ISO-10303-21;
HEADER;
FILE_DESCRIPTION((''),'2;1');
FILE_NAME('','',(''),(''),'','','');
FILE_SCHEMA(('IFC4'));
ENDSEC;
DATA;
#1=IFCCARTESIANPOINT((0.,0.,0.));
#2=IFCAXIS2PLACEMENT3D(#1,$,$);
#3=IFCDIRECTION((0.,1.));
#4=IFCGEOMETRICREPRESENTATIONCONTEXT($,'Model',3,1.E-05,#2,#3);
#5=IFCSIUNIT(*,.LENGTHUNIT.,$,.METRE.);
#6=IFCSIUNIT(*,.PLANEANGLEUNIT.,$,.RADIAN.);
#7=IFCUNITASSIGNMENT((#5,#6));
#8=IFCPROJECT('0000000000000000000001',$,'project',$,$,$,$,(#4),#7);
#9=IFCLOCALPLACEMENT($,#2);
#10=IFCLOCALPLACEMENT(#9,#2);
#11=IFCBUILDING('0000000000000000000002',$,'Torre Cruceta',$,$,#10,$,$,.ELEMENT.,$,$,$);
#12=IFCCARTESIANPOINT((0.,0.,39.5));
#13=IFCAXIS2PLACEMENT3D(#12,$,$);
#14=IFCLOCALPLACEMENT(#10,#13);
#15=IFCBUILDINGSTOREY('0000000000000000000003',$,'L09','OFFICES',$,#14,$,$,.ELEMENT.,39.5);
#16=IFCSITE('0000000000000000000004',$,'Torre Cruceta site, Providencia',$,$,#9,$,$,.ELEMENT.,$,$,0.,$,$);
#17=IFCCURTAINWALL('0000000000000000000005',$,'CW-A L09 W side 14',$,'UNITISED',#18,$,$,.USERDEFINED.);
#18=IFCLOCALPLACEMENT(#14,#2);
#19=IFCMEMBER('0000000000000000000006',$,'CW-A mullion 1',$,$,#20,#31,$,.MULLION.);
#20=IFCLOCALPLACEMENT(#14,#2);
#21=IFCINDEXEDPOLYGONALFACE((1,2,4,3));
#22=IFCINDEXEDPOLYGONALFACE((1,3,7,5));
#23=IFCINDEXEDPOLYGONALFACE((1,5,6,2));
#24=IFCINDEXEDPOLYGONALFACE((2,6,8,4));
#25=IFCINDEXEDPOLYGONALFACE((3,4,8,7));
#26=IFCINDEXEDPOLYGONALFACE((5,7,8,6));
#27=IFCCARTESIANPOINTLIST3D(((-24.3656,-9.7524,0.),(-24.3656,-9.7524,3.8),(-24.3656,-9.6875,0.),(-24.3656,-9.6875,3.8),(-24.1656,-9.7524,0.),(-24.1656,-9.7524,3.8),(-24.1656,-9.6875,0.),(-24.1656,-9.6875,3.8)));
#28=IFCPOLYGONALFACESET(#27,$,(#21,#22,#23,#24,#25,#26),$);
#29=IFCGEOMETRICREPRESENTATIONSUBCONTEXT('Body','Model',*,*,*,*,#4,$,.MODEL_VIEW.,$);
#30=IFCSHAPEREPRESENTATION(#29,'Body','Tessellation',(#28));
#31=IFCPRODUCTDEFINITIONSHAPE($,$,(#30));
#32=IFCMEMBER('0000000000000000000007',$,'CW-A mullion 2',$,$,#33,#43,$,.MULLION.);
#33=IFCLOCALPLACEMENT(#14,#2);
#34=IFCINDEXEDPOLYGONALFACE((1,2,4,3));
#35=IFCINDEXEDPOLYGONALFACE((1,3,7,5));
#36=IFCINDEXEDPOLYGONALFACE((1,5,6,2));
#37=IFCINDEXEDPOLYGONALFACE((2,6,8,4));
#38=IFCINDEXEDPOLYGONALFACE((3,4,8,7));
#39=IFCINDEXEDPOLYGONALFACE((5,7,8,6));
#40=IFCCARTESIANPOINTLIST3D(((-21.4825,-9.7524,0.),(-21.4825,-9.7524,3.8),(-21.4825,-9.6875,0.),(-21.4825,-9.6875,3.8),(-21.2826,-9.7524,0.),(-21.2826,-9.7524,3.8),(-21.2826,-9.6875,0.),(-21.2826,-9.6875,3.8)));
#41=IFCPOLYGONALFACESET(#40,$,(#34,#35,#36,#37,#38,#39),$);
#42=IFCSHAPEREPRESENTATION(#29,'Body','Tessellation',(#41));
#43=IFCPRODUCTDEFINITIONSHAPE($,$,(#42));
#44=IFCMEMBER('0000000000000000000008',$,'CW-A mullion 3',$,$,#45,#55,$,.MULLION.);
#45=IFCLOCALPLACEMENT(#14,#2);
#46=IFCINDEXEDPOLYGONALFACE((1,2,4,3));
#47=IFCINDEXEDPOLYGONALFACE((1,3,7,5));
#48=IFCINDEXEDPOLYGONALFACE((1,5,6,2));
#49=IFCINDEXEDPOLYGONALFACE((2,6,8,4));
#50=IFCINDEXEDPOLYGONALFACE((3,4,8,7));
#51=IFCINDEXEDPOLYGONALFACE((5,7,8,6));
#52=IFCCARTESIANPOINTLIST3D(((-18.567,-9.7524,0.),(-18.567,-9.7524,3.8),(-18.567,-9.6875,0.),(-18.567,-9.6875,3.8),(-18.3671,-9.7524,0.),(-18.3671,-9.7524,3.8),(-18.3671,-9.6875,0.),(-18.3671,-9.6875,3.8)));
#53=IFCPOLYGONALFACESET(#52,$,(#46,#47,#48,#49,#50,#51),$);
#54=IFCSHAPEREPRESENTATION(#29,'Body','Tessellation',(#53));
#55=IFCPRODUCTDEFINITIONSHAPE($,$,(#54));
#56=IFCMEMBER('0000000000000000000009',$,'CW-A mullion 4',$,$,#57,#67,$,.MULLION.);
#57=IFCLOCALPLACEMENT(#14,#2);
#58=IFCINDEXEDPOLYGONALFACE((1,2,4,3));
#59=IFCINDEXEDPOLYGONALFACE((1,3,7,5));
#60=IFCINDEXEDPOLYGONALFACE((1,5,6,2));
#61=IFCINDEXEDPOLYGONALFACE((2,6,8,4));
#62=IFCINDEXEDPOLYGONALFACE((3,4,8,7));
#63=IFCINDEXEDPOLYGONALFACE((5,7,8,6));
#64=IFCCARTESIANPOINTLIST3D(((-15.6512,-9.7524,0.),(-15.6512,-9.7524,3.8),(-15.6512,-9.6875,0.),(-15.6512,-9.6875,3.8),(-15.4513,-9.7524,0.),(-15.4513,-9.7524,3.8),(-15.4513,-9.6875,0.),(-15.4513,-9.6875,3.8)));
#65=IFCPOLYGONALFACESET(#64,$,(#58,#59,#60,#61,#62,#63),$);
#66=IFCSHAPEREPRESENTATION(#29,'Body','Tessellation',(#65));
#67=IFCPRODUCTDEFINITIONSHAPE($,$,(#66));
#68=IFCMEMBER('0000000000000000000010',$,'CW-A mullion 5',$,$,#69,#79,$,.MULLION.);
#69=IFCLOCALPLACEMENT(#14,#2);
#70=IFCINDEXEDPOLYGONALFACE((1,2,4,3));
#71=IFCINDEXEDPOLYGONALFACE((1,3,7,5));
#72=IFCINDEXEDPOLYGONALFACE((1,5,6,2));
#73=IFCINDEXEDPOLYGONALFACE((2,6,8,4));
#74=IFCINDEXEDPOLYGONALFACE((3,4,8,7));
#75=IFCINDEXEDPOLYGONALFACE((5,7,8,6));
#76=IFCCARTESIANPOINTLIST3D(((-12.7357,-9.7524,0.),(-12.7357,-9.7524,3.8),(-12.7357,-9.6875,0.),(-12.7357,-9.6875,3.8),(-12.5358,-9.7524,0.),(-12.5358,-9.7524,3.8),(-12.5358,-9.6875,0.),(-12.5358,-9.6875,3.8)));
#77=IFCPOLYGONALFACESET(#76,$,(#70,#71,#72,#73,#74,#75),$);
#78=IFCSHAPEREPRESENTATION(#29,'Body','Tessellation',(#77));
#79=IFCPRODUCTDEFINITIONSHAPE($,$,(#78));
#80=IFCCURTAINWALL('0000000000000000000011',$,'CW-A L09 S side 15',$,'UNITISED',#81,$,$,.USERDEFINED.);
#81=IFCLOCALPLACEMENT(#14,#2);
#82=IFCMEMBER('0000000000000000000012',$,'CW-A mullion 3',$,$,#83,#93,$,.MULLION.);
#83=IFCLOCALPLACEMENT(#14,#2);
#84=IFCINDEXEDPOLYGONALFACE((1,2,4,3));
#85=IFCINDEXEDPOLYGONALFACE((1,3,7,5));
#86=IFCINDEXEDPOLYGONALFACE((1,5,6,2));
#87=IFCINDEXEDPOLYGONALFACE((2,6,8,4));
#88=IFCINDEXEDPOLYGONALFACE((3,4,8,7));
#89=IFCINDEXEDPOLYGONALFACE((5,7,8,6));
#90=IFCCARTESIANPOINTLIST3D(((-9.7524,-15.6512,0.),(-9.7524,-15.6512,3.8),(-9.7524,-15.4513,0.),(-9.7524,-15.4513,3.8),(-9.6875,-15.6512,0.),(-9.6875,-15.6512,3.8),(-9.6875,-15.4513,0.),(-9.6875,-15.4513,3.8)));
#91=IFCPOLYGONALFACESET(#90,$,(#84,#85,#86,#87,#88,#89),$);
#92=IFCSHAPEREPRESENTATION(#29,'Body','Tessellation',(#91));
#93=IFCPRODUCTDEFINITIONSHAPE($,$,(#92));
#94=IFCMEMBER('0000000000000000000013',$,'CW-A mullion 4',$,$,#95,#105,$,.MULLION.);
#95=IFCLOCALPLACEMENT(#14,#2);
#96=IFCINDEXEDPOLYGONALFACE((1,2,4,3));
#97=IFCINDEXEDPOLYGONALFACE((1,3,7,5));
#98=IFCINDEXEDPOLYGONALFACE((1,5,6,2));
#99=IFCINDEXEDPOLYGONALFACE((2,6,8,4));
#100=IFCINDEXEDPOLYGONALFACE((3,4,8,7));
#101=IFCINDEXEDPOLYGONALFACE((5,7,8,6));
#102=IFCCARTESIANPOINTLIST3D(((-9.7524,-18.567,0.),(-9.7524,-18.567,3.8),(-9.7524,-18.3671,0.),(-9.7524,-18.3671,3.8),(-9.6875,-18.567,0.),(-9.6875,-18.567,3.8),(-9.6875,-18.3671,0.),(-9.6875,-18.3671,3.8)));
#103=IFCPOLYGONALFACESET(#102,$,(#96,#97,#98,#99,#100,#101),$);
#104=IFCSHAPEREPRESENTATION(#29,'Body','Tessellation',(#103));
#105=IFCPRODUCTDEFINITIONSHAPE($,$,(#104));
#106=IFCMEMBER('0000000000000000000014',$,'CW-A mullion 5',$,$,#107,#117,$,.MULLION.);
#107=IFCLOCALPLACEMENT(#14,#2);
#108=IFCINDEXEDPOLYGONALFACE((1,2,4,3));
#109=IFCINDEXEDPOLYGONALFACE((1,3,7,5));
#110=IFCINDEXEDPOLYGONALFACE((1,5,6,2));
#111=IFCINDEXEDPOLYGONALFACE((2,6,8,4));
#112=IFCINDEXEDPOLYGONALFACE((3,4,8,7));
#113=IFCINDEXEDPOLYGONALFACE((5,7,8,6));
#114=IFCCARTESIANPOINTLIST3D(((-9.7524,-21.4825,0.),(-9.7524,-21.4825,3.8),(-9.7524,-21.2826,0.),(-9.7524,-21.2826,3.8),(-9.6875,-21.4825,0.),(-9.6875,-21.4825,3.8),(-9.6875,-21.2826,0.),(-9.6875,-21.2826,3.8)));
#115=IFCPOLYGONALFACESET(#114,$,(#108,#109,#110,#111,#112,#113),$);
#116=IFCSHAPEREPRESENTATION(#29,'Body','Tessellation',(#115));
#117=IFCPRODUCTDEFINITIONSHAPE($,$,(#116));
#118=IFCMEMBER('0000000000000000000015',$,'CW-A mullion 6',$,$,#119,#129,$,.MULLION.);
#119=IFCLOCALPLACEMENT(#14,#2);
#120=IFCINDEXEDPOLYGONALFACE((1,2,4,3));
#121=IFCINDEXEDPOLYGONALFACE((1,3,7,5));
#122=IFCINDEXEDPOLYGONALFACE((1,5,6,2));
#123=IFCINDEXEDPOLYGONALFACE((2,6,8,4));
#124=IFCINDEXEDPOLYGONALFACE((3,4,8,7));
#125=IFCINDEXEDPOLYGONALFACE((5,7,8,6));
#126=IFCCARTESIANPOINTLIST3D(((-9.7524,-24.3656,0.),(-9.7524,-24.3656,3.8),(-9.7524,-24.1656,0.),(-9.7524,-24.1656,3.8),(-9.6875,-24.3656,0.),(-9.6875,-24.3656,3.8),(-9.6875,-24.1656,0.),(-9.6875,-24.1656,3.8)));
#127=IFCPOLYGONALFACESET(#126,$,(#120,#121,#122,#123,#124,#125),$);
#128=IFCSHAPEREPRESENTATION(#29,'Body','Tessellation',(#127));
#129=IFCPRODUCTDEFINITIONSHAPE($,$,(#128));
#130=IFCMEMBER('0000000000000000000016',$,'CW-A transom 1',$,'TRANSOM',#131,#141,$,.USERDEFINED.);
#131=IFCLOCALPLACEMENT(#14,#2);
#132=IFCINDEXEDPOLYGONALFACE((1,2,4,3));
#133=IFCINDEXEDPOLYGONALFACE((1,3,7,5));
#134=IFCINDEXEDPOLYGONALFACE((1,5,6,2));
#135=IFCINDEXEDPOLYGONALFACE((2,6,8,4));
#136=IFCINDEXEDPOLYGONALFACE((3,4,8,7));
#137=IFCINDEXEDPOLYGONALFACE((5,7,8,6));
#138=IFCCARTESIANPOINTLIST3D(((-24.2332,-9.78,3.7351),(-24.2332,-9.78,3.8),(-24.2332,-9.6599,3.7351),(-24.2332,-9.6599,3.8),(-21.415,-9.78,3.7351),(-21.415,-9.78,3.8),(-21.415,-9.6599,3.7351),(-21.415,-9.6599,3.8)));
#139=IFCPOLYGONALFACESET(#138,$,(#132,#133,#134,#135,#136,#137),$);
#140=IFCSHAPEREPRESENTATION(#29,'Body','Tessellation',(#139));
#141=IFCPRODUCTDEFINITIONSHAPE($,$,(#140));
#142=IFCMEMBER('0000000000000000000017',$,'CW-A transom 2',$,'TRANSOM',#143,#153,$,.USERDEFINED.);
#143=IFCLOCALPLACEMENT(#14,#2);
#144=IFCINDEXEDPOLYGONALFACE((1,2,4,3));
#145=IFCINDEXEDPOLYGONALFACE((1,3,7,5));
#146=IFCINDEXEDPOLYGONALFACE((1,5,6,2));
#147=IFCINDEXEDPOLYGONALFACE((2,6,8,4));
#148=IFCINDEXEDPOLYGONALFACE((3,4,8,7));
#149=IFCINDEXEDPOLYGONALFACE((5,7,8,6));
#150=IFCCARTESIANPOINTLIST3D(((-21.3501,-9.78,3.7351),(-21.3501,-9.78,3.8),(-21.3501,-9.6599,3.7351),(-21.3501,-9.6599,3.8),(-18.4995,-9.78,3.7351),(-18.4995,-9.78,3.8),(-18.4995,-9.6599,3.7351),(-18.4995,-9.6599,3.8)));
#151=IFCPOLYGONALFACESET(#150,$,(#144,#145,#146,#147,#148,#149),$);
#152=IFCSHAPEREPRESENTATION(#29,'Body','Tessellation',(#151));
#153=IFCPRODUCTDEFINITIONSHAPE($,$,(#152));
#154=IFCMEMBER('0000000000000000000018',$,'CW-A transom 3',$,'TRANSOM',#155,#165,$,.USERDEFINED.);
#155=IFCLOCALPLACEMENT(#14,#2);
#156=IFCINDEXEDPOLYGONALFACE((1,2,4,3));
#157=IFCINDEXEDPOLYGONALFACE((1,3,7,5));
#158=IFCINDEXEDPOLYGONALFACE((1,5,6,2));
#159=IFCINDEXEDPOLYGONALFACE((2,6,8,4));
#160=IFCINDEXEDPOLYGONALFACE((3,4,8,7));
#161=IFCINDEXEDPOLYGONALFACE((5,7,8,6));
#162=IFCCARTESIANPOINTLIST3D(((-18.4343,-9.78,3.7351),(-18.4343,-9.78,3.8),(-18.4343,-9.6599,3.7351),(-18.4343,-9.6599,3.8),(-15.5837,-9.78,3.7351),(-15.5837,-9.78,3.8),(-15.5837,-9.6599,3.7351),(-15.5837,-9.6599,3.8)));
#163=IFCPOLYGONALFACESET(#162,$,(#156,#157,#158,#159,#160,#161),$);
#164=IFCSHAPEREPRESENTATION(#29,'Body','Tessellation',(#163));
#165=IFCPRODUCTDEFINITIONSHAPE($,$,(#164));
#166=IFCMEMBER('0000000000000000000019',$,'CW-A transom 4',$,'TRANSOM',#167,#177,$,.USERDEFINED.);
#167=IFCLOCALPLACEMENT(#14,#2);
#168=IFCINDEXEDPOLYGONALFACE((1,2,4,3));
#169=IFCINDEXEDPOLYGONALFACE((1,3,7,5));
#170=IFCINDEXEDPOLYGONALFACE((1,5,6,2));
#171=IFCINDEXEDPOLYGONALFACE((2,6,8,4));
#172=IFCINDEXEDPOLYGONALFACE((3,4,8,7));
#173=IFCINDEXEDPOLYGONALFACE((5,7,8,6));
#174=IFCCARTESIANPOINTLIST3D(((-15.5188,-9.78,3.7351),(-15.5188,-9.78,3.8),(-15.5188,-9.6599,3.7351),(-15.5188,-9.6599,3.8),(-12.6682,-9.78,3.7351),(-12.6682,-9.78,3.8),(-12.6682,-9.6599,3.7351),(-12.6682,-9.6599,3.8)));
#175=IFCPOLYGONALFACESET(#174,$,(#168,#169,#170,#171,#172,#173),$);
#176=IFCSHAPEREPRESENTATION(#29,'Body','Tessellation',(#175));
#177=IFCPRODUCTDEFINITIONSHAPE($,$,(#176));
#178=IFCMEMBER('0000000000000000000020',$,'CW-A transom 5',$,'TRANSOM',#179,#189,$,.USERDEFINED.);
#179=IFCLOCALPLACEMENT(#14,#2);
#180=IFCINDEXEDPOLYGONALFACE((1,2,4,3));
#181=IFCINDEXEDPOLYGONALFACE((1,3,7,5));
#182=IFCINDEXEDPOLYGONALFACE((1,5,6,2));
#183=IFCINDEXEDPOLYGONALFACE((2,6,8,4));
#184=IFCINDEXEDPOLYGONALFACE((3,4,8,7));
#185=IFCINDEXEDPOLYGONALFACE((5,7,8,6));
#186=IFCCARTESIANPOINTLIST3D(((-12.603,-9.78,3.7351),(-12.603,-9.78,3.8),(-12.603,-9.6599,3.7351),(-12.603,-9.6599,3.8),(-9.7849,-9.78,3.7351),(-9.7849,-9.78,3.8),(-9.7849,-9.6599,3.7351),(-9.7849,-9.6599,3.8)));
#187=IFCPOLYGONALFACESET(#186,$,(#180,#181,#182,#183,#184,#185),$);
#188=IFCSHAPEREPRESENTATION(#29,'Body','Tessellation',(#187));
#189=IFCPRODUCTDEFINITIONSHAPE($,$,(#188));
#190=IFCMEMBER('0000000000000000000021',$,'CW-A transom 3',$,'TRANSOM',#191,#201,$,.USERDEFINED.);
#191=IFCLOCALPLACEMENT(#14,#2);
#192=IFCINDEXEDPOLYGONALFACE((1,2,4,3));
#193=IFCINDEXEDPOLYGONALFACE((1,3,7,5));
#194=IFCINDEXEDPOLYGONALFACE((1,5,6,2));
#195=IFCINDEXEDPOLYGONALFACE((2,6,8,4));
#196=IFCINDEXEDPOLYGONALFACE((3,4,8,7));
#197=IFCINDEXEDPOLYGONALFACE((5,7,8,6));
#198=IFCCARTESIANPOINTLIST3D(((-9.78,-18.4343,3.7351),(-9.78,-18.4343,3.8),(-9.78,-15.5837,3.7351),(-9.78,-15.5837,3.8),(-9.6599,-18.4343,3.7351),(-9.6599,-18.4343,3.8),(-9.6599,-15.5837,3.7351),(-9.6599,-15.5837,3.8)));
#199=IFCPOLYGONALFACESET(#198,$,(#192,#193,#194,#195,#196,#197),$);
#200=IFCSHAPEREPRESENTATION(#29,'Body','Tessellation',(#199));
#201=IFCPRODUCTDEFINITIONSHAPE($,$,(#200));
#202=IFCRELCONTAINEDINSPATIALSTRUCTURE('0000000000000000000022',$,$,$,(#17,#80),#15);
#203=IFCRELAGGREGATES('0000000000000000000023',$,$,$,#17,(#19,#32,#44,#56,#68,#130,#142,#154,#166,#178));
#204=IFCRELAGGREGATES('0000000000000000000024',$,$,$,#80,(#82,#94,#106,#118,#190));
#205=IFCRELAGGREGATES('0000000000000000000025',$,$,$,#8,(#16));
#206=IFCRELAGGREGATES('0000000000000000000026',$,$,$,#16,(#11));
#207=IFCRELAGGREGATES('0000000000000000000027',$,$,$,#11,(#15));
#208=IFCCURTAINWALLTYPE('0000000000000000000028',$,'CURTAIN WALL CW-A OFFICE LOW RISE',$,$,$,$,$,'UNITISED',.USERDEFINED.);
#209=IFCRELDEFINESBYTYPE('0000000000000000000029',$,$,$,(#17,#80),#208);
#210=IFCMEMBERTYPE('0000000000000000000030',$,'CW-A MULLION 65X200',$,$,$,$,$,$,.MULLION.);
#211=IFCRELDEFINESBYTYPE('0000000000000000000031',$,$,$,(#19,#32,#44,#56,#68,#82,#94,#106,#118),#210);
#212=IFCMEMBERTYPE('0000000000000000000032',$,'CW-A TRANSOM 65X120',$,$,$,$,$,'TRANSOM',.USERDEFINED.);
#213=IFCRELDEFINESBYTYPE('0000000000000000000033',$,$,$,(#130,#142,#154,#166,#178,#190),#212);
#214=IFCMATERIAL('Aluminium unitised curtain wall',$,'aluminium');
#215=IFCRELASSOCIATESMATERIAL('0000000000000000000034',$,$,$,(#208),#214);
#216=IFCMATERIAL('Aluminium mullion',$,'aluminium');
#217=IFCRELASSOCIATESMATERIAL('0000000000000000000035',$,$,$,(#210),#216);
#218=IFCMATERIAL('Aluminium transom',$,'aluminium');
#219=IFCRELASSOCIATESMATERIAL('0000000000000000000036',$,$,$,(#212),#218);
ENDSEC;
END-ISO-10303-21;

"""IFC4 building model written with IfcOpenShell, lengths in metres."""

from ifc_helpers import new_model, si_unit, direction, frame, origin, origin_2d, place, context, subcontext, project, spatial, rectangle, extrude, material, material_profile, profile_set, type_object, element, aggregate, save


model = new_model("IFC4")

# Units and contexts
model_context = context("Model", 3, precision=1e-05, world=origin(), true_north=direction((0.0, 1.0)))
body_context = subcontext(model_context, "Body", "Model", "MODEL_VIEW")
ifc_project = project(units=[si_unit("LENGTHUNIT", "METRE"), si_unit("PLANEANGLEUNIT", "RADIAN")], contexts=[model_context])

# Site, building, storey
site_placement = place(None, origin())
site = spatial("IfcSite", under=ifc_project, at=site_placement, Name="Torre Cruceta site, Providencia", CompositionType="ELEMENT", RefElevation=0.0)
building_placement = place(site_placement, origin())
building = spatial("IfcBuilding", under=site, at=building_placement, Name="Torre Cruceta", CompositionType="ELEMENT")
storey_placement = place(building_placement, frame((0.0, 0.0, 39.5)))
storey = spatial("IfcBuildingStorey", under=building, at=storey_placement, Name="L09", Description="OFFICES", CompositionType="ELEMENT", Elevation=39.5)

# Curtain walls, members
ifc_material_1 = material(Name="Aluminium unitised curtain wall", Category="aluminium")
curtain_wall_type = type_object("IfcCurtainWallType", Name="CURTAIN WALL CW-A OFFICE LOW RISE", ElementType="UNITISED", PredefinedType="USERDEFINED", material=ifc_material_1)
curtain_wall_1_placement = place(storey_placement, origin())
curtain_wall_1 = element("IfcCurtainWall", 1, at=curtain_wall_1_placement, inside=storey, type_object=curtain_wall_type, Name="CW-A L09 W side 14", ObjectType="UNITISED", PredefinedType="USERDEFINED")
ifc_material_2 = material(Name="Aluminium mullion", Category="aluminium")
ifc_material_profile_1 = material_profile(ifc_material_2, rectangle(XDim=0.0649, YDim=0.2, at=origin_2d()), Name="AL 65X200")
ifc_profile_set_1 = profile_set([ifc_material_profile_1], Name="Aluminium mullion")
member_type_1 = type_object("IfcMemberType", Name="CW-A MULLION 65X200", PredefinedType="MULLION", material=ifc_profile_set_1)
member_1_placement = place(storey_placement, frame((-24.2656, -9.72, 0.0), z_axis=(0.0, 0.0, 1.0), x_axis=(0.0, 1.0, 0.0)))
member_1 = element("IfcMember", 2, at=member_1_placement, type_object=member_type_1, Name="CW-A mullion 1", PredefinedType="MULLION", context=body_context, shape_type="SweptSolid", body=[
    extrude(rectangle(XDim=0.0649, YDim=0.2, at=origin_2d()), origin(), (0.0, 0.0, 1.0), 3.8),
])
member_2_placement = place(storey_placement, frame((-21.3826, -9.72, 0.0), z_axis=(0.0, 0.0, 1.0), x_axis=(0.0, 1.0, 0.0)))
member_2 = element("IfcMember", 3, at=member_2_placement, type_object=member_type_1, Name="CW-A mullion 2", PredefinedType="MULLION", context=body_context, shape_type="SweptSolid", body=[
    extrude(rectangle(XDim=0.0649, YDim=0.2, at=origin_2d()), origin(), (0.0, 0.0, 1.0), 3.8),
])
member_3_placement = place(storey_placement, frame((-18.467, -9.72, 0.0), z_axis=(0.0, 0.0, 1.0), x_axis=(0.0, 1.0, 0.0)))
member_3 = element("IfcMember", 4, at=member_3_placement, type_object=member_type_1, Name="CW-A mullion 3", PredefinedType="MULLION", context=body_context, shape_type="SweptSolid", body=[
    extrude(rectangle(XDim=0.0649, YDim=0.2, at=origin_2d()), origin(), (0.0, 0.0, 1.0), 3.8),
])
member_4_placement = place(storey_placement, frame((-15.5513, -9.72, 0.0), z_axis=(0.0, 0.0, 1.0), x_axis=(0.0, 1.0, 0.0)))
member_4 = element("IfcMember", 5, at=member_4_placement, type_object=member_type_1, Name="CW-A mullion 4", PredefinedType="MULLION", context=body_context, shape_type="SweptSolid", body=[
    extrude(rectangle(XDim=0.0649, YDim=0.2, at=origin_2d()), origin(), (0.0, 0.0, 1.0), 3.8),
])
member_5_placement = place(storey_placement, frame((-12.6357, -9.72, 0.0), z_axis=(0.0, 0.0, 1.0), x_axis=(0.0, 1.0, 0.0)))
member_5 = element("IfcMember", 6, at=member_5_placement, type_object=member_type_1, Name="CW-A mullion 5", PredefinedType="MULLION", context=body_context, shape_type="SweptSolid", body=[
    extrude(rectangle(XDim=0.0649, YDim=0.2, at=origin_2d()), origin(), (0.0, 0.0, 1.0), 3.8),
])
curtain_wall_2_placement = place(storey_placement, origin())
curtain_wall_2 = element("IfcCurtainWall", 7, at=curtain_wall_2_placement, inside=storey, type_object=curtain_wall_type, Name="CW-A L09 S side 15", ObjectType="UNITISED", PredefinedType="USERDEFINED")
member_6_placement = place(storey_placement, frame((-9.72, -15.5513, 0.0), z_axis=(0.0, 0.0, 1.0), x_axis=(1.0, 0.0, 0.0)))
member_6 = element("IfcMember", 8, at=member_6_placement, type_object=member_type_1, Name="CW-A mullion 3", PredefinedType="MULLION", context=body_context, shape_type="SweptSolid", body=[
    extrude(rectangle(XDim=0.0649, YDim=0.2, at=origin_2d()), origin(), (0.0, 0.0, 1.0), 3.8),
])
member_7_placement = place(storey_placement, frame((-9.72, -18.467, 0.0), z_axis=(0.0, 0.0, 1.0), x_axis=(1.0, 0.0, 0.0)))
member_7 = element("IfcMember", 9, at=member_7_placement, type_object=member_type_1, Name="CW-A mullion 4", PredefinedType="MULLION", context=body_context, shape_type="SweptSolid", body=[
    extrude(rectangle(XDim=0.0649, YDim=0.2, at=origin_2d()), origin(), (0.0, 0.0, 1.0), 3.8),
])
member_8_placement = place(storey_placement, frame((-9.72, -21.3826, 0.0), z_axis=(0.0, 0.0, 1.0), x_axis=(1.0, 0.0, 0.0)))
member_8 = element("IfcMember", 10, at=member_8_placement, type_object=member_type_1, Name="CW-A mullion 5", PredefinedType="MULLION", context=body_context, shape_type="SweptSolid", body=[
    extrude(rectangle(XDim=0.0649, YDim=0.2, at=origin_2d()), origin(), (0.0, 0.0, 1.0), 3.8),
])
member_9_placement = place(storey_placement, frame((-9.72, -24.2656, 0.0), z_axis=(0.0, 0.0, 1.0), x_axis=(1.0, 0.0, 0.0)))
member_9 = element("IfcMember", 11, at=member_9_placement, type_object=member_type_1, Name="CW-A mullion 6", PredefinedType="MULLION", context=body_context, shape_type="SweptSolid", body=[
    extrude(rectangle(XDim=0.0649, YDim=0.2, at=origin_2d()), origin(), (0.0, 0.0, 1.0), 3.8),
])

# Members
ifc_material_3 = material(Name="Aluminium transom", Category="aluminium")
ifc_material_profile_2 = material_profile(ifc_material_3, rectangle(XDim=0.1201, YDim=0.0649, at=origin_2d()), Name="AL 120X65")
ifc_profile_set_2 = profile_set([ifc_material_profile_2], Name="Aluminium transom")
member_type_2 = type_object("IfcMemberType", Name="CW-A TRANSOM 65X120", ElementType="TRANSOM", PredefinedType="USERDEFINED", material=ifc_profile_set_2)
member_10_placement = place(storey_placement, frame((-24.2332, -9.72, 3.7676), z_axis=(1.0, 0.0, 0.0), x_axis=(0.0, 1.0, 0.0)))
member_10 = element("IfcMember", 12, at=member_10_placement, type_object=member_type_2, Name="CW-A transom 1", ObjectType="TRANSOM", PredefinedType="USERDEFINED", context=body_context, shape_type="SweptSolid", body=[
    extrude(rectangle(XDim=0.1201, YDim=0.0649, at=origin_2d()), origin(), (0.0, 0.0, 1.0), 2.8181),
])
member_11_placement = place(storey_placement, frame((-21.3501, -9.72, 3.7676), z_axis=(1.0, 0.0, 0.0), x_axis=(0.0, 1.0, 0.0)))
member_11 = element("IfcMember", 13, at=member_11_placement, type_object=member_type_2, Name="CW-A transom 2", ObjectType="TRANSOM", PredefinedType="USERDEFINED", context=body_context, shape_type="SweptSolid", body=[
    extrude(rectangle(XDim=0.1201, YDim=0.0649, at=origin_2d()), origin(), (0.0, 0.0, 1.0), 2.8506),
])
member_12_placement = place(storey_placement, frame((-18.4343, -9.72, 3.7676), z_axis=(1.0, 0.0, 0.0), x_axis=(0.0, 1.0, 0.0)))
member_12 = element("IfcMember", 14, at=member_12_placement, type_object=member_type_2, Name="CW-A transom 3", ObjectType="TRANSOM", PredefinedType="USERDEFINED", context=body_context, shape_type="SweptSolid", body=[
    extrude(rectangle(XDim=0.1201, YDim=0.0649, at=origin_2d()), origin(), (0.0, 0.0, 1.0), 2.8506),
])
member_13_placement = place(storey_placement, frame((-15.5188, -9.72, 3.7676), z_axis=(1.0, 0.0, 0.0), x_axis=(0.0, 1.0, 0.0)))
member_13 = element("IfcMember", 15, at=member_13_placement, type_object=member_type_2, Name="CW-A transom 4", ObjectType="TRANSOM", PredefinedType="USERDEFINED", context=body_context, shape_type="SweptSolid", body=[
    extrude(rectangle(XDim=0.1201, YDim=0.0649, at=origin_2d()), origin(), (0.0, 0.0, 1.0), 2.8506),
])
member_14_placement = place(storey_placement, frame((-12.603, -9.72, 3.7676), z_axis=(1.0, 0.0, 0.0), x_axis=(0.0, 1.0, 0.0)))
member_14 = element("IfcMember", 16, at=member_14_placement, type_object=member_type_2, Name="CW-A transom 5", ObjectType="TRANSOM", PredefinedType="USERDEFINED", context=body_context, shape_type="SweptSolid", body=[
    extrude(rectangle(XDim=0.1201, YDim=0.0649, at=origin_2d()), origin(), (0.0, 0.0, 1.0), 2.8181),
])
member_15_placement = place(storey_placement, frame((-9.72, -15.5837, 3.7676), z_axis=(0.0, -1.0, 0.0), x_axis=(1.0, 0.0, 0.0)))
member_15 = element("IfcMember", 17, at=member_15_placement, type_object=member_type_2, Name="CW-A transom 3", ObjectType="TRANSOM", PredefinedType="USERDEFINED", context=body_context, shape_type="SweptSolid", body=[
    extrude(rectangle(XDim=0.1201, YDim=0.0649, at=origin_2d()), origin(), (0.0, 0.0, 1.0), 2.8506),
])

aggregate(curtain_wall_1, [member_1, member_2, member_3, member_4, member_5, member_10, member_11, member_12, member_13, member_14])
aggregate(curtain_wall_2, [member_6, member_7, member_8, member_9, member_15])

save(model, "model.ifc")
